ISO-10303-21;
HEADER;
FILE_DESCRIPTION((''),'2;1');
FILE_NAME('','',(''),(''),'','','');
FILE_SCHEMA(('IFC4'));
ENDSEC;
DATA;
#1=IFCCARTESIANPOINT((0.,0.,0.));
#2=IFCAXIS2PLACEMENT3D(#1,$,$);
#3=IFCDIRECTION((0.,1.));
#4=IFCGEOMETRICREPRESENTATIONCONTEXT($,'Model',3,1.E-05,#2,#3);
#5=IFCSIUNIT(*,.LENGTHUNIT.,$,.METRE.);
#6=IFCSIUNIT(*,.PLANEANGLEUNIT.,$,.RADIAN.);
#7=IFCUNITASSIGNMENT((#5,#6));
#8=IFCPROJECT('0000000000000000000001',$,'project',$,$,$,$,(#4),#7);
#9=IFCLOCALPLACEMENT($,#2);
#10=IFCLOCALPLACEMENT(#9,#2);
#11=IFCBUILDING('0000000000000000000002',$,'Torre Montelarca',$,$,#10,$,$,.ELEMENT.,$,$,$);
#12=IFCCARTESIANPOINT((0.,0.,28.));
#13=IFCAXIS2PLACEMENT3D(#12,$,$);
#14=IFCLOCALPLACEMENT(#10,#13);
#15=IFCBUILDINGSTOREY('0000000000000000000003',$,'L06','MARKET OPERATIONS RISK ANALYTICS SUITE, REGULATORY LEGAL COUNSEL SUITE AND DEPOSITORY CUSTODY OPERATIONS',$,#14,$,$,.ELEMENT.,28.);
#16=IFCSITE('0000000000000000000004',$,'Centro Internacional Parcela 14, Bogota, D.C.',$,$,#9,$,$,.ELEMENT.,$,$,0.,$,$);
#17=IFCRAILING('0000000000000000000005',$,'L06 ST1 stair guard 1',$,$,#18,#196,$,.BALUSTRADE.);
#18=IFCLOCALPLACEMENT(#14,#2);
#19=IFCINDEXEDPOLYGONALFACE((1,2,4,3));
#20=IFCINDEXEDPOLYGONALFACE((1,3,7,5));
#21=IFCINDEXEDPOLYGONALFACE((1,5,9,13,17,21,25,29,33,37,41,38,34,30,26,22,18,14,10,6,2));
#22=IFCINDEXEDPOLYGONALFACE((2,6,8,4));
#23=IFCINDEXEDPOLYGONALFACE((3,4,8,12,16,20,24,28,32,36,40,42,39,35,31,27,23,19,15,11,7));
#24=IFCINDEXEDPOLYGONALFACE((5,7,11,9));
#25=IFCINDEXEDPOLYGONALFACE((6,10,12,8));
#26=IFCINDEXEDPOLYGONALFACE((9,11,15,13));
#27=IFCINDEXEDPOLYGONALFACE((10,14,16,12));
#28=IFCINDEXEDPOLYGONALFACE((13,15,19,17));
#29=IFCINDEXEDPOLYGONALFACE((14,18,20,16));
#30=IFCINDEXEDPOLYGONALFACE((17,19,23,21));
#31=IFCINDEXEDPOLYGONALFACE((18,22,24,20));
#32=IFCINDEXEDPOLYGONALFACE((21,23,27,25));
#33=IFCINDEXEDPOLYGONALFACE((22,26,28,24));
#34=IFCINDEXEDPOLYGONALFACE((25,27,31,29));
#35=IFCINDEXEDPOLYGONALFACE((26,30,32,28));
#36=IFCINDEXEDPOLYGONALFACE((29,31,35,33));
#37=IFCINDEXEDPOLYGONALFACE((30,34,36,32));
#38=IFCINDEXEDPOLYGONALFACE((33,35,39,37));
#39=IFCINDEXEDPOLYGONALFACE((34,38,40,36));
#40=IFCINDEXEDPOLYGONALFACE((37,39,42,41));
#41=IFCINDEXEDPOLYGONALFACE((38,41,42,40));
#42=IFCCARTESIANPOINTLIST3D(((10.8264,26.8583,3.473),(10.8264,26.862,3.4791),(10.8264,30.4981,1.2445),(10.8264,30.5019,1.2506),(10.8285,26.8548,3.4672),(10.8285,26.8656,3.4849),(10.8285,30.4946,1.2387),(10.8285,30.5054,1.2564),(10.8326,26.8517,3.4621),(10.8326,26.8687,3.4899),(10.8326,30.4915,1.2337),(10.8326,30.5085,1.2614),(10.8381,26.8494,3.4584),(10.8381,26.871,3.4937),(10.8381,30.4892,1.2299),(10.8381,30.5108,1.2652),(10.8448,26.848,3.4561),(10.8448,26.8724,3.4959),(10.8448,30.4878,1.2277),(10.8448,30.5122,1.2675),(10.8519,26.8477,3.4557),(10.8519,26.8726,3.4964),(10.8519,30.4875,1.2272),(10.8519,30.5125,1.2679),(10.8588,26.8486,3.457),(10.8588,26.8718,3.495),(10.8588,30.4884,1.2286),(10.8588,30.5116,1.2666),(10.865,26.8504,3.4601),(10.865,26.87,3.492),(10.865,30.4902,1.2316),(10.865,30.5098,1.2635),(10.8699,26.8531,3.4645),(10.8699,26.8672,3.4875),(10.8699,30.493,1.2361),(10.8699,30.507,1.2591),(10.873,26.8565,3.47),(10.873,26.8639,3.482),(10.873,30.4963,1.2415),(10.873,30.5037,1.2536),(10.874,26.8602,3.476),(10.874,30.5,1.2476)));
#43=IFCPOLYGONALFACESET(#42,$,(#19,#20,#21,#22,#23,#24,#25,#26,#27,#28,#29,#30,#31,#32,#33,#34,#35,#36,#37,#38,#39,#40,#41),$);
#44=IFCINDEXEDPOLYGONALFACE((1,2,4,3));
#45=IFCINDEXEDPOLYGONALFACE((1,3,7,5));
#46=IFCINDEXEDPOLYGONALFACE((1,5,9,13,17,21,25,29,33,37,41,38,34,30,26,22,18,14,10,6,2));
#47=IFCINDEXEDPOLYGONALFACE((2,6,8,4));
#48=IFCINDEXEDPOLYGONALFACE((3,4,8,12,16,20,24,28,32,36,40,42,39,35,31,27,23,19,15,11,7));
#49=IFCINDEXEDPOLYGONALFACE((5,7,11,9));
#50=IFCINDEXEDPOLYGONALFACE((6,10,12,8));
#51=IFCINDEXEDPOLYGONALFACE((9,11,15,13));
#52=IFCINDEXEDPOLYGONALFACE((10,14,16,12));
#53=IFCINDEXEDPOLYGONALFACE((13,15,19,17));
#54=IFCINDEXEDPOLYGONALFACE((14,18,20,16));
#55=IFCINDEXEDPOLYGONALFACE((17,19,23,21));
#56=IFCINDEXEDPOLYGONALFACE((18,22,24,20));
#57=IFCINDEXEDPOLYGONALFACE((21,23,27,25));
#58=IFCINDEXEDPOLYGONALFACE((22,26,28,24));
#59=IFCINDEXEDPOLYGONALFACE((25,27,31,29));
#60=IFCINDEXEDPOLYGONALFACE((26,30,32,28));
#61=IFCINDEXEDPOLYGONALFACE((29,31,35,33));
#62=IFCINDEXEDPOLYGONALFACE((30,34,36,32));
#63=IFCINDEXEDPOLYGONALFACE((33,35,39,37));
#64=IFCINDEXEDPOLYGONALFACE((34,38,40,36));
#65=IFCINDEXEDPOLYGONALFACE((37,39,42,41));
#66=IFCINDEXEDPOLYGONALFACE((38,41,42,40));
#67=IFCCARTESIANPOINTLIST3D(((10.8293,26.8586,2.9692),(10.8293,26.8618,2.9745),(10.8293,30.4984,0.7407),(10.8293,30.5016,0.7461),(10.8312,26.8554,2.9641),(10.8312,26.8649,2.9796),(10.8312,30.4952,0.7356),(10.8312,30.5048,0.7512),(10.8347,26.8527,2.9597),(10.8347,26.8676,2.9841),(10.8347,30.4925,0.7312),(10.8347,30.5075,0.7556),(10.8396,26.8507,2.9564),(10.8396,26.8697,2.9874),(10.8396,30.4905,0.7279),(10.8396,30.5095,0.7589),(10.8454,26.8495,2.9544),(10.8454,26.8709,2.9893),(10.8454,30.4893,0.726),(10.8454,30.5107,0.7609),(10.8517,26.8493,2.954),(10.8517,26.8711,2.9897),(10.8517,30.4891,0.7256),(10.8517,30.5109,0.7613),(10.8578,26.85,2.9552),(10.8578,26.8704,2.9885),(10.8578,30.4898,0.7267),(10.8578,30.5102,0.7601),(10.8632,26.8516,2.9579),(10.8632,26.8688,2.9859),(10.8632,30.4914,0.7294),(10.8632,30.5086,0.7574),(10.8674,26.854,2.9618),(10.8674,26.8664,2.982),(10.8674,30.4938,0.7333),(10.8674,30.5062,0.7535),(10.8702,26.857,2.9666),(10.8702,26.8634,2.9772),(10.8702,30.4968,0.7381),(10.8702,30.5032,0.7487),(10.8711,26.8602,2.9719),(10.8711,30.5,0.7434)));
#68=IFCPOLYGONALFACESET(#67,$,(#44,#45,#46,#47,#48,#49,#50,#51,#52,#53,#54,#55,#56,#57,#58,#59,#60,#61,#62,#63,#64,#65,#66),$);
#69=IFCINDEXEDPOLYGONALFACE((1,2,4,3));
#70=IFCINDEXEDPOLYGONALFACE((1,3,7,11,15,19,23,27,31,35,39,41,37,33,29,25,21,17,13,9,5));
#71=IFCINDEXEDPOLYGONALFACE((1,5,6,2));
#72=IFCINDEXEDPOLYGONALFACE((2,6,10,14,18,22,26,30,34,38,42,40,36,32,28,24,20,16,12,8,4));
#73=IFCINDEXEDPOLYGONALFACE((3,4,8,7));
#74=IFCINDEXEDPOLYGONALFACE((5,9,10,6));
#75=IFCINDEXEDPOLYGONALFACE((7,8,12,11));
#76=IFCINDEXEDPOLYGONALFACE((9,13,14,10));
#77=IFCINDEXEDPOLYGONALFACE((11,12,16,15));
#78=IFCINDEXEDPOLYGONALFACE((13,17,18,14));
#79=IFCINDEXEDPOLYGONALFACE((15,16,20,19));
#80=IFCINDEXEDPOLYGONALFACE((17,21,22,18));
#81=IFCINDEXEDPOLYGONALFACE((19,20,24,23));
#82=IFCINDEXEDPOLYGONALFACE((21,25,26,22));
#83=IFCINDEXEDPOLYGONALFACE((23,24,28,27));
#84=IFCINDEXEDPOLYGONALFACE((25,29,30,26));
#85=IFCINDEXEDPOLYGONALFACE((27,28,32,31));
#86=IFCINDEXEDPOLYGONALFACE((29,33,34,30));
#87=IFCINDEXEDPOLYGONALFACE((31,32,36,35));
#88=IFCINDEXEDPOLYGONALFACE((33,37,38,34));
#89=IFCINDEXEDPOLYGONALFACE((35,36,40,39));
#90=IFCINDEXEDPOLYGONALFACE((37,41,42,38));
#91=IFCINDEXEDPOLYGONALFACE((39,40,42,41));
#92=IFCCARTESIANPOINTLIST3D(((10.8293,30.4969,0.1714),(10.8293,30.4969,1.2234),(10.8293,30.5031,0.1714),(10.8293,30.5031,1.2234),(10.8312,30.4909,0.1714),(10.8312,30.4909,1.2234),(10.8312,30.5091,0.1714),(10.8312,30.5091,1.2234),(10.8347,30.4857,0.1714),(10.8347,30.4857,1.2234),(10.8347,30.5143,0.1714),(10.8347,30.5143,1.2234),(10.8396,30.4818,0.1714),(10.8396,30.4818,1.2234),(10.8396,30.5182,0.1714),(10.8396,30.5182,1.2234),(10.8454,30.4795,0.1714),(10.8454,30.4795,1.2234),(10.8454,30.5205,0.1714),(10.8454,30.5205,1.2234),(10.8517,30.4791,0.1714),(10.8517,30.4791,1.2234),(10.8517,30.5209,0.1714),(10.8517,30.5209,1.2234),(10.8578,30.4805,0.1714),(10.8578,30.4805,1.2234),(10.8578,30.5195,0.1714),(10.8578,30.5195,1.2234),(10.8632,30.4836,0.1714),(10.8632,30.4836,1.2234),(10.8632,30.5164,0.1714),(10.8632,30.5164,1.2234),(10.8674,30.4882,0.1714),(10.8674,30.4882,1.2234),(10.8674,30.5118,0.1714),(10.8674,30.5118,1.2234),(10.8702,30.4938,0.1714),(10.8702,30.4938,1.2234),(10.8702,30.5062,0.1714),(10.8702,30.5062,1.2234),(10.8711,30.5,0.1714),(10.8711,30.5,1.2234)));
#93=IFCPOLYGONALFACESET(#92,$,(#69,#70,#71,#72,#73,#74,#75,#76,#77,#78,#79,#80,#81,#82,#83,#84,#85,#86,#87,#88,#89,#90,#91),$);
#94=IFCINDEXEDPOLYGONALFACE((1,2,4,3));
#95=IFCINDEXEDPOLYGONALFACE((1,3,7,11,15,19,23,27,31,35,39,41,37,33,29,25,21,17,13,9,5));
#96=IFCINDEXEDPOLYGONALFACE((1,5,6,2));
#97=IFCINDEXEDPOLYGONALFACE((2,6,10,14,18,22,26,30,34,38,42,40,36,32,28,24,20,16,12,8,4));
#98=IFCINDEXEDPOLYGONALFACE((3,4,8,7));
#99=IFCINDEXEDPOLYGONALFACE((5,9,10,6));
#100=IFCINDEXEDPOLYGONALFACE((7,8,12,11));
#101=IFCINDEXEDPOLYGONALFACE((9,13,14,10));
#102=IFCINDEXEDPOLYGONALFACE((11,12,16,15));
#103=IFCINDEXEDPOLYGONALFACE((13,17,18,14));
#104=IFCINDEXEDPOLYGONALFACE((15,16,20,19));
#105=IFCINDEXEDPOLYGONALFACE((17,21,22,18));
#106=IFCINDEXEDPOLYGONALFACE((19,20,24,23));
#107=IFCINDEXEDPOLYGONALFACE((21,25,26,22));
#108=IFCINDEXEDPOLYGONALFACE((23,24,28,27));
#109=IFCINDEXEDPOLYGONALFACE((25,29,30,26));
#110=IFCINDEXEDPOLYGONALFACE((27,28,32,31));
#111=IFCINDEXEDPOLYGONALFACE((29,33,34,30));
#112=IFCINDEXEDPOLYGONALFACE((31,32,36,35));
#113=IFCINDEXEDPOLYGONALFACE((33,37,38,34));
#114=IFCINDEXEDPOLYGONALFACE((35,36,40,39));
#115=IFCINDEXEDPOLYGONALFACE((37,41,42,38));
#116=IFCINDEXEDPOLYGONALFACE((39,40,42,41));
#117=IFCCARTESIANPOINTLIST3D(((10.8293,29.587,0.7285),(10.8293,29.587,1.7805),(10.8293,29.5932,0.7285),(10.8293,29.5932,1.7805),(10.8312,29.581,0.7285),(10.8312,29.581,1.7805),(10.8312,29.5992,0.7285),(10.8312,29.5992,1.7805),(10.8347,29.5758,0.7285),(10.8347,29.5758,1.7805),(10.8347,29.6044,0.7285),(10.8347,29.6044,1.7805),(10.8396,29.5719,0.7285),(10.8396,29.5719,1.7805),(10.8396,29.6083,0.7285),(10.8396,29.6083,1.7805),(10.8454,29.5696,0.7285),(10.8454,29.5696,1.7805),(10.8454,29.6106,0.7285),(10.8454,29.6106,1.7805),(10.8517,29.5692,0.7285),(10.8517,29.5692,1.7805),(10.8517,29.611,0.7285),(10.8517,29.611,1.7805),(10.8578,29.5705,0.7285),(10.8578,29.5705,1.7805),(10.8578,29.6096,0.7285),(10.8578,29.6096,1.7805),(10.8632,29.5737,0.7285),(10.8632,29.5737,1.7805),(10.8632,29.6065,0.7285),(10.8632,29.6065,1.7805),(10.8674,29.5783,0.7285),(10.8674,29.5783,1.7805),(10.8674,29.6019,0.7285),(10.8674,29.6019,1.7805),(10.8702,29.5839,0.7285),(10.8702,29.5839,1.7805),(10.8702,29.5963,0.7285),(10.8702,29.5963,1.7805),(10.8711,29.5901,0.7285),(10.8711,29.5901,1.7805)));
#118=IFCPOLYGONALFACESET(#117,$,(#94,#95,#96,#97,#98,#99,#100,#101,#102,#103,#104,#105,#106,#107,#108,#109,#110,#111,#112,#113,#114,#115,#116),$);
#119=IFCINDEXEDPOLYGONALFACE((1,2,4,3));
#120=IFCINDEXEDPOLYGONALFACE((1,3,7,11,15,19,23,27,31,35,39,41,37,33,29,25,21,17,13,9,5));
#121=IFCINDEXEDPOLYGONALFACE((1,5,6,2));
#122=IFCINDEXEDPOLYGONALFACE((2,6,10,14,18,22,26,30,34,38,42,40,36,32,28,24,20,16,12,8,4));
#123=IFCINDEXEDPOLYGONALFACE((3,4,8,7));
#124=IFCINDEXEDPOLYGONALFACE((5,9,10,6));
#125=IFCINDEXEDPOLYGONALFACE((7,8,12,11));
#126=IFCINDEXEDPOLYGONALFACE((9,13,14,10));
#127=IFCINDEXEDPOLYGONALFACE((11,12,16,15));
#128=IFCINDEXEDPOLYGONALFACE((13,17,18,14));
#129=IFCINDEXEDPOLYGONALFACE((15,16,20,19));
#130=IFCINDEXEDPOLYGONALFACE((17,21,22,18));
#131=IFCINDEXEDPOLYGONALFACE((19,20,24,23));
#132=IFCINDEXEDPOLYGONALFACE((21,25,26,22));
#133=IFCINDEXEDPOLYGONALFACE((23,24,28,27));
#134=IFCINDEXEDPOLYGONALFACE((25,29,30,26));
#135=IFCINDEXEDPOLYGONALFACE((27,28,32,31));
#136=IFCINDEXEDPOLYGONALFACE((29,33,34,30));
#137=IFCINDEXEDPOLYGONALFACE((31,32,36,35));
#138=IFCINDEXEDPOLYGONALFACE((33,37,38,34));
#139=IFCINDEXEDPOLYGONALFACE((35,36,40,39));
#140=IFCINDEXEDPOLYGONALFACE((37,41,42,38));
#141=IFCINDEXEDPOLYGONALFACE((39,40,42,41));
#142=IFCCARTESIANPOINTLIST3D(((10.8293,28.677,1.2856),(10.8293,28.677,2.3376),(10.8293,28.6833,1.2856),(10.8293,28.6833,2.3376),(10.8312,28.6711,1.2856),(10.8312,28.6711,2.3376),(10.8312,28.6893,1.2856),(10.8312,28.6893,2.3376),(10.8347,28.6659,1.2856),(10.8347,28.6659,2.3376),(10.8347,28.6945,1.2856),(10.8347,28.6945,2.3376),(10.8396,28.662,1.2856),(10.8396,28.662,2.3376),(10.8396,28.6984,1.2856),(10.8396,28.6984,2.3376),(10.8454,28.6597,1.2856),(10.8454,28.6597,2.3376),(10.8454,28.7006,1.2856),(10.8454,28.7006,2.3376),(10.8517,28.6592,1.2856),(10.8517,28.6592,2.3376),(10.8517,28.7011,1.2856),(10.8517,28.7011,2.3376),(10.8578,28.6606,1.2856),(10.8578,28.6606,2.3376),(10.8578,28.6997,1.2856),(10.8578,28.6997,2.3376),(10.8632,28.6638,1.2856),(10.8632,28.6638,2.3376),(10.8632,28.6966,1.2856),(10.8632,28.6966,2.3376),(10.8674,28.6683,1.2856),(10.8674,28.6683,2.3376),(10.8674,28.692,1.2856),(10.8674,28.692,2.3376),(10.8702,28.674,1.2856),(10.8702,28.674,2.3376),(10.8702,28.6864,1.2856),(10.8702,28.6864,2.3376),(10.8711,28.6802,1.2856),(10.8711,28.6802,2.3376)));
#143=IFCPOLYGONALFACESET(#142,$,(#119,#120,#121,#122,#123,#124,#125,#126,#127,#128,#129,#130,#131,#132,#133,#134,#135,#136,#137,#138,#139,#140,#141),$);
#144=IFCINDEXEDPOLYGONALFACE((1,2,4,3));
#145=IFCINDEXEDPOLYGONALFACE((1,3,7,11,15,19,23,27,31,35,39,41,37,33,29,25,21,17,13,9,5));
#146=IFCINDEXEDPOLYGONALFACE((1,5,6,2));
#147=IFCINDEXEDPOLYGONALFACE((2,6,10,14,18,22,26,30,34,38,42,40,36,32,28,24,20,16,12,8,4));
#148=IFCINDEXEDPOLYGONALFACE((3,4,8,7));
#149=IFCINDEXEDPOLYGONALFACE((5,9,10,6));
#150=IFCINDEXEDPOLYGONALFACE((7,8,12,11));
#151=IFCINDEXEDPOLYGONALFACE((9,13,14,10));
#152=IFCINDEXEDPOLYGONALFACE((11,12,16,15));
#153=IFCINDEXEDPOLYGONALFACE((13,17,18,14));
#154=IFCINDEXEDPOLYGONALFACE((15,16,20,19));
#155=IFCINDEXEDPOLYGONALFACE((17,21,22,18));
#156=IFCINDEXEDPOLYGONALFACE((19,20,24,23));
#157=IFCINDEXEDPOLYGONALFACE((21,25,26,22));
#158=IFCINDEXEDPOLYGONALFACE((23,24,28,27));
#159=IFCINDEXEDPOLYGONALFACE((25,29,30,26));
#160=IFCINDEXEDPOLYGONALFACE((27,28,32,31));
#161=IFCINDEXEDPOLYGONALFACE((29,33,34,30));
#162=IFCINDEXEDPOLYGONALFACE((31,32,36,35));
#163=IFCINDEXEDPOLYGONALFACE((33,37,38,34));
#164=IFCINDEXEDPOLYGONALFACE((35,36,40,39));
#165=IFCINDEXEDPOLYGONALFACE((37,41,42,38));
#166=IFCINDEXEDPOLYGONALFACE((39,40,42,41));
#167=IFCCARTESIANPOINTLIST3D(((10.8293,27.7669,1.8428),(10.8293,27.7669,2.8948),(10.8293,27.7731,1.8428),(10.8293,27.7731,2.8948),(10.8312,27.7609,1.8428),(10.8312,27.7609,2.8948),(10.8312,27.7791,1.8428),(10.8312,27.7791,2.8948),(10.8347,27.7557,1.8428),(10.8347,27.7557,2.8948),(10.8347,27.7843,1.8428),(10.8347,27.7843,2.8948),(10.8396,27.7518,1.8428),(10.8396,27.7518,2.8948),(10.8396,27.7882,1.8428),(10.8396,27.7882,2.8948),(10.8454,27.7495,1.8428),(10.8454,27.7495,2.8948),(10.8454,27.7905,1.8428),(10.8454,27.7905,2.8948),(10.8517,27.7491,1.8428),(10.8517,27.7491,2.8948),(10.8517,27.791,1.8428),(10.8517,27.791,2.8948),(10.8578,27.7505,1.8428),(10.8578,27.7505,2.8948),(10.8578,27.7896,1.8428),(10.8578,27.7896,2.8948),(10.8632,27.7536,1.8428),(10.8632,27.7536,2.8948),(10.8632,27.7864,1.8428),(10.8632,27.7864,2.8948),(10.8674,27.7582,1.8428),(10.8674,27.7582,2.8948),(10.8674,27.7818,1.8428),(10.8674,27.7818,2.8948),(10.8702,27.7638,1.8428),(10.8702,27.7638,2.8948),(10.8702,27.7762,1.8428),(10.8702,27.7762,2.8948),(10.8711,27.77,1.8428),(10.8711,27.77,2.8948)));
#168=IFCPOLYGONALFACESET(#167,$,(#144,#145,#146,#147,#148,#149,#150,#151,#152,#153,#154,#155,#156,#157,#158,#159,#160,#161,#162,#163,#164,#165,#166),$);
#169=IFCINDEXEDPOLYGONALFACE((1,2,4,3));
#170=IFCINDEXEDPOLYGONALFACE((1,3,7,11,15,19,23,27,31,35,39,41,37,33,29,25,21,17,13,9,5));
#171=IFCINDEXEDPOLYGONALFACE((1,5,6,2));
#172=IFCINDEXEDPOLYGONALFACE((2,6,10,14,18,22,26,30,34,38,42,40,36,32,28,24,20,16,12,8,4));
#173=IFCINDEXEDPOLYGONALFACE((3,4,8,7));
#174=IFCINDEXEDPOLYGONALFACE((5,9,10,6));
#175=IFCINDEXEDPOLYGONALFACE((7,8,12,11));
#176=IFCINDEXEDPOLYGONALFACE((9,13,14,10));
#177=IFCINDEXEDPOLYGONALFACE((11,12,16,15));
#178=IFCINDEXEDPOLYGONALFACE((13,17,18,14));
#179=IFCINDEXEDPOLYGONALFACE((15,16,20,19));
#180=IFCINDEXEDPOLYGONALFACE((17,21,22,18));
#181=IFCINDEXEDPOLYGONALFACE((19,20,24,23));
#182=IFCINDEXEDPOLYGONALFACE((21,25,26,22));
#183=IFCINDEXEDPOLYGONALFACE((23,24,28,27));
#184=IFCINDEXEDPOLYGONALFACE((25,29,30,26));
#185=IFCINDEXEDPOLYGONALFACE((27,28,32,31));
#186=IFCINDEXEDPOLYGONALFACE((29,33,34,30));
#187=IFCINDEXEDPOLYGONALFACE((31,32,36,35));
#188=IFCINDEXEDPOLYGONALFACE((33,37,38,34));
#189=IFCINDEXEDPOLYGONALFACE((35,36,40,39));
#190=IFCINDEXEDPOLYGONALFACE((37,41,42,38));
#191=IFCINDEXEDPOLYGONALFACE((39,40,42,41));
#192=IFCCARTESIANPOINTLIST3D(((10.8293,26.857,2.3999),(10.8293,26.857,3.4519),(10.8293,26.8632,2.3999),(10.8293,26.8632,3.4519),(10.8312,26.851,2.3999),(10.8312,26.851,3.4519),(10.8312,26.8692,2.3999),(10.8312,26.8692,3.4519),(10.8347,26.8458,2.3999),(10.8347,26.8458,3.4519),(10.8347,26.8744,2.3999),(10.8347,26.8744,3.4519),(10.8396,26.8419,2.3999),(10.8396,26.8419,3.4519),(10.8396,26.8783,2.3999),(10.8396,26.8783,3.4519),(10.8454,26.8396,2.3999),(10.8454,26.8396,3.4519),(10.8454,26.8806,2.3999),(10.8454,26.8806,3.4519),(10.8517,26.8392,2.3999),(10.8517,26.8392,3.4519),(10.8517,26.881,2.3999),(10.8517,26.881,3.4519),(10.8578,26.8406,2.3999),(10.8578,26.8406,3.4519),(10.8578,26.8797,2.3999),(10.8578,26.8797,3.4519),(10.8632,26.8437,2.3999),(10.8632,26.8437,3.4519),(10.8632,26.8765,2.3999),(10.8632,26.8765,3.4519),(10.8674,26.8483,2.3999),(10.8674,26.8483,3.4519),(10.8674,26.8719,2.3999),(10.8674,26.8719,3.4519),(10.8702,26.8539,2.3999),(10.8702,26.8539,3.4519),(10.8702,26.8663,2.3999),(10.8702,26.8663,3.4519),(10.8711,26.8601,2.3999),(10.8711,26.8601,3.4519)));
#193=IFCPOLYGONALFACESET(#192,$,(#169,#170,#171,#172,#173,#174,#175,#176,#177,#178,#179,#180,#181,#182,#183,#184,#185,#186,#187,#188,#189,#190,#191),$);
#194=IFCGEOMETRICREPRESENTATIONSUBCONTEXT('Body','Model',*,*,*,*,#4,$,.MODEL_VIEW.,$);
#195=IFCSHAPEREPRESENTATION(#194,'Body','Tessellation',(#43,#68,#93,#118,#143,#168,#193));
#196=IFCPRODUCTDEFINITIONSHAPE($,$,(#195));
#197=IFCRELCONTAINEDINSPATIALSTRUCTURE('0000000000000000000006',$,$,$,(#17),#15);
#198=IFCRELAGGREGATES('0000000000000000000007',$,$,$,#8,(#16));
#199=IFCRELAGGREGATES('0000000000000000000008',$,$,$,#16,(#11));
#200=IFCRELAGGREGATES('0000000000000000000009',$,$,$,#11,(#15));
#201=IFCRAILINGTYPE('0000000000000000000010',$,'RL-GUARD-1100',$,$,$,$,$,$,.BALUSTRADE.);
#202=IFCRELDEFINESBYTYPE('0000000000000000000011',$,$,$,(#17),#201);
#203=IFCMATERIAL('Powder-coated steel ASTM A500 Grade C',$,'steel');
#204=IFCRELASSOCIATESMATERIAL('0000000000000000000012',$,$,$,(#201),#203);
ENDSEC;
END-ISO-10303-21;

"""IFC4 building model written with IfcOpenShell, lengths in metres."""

from ifc_helpers import new_model, si_unit, direction, frame, origin, origin_2d, place, context, subcontext, project, spatial, circle, extrude, material, type_object, element, save


model = new_model("IFC4")

# Units and contexts
model_context = context("Model", 3, precision=1e-05, world=origin(), true_north=direction((0.0, 1.0)))
body_context = subcontext(model_context, "Body", "Model", "MODEL_VIEW")
ifc_project = project(units=[si_unit("LENGTHUNIT", "METRE"), si_unit("PLANEANGLEUNIT", "RADIAN")], contexts=[model_context])

# Site, building, storey
site_placement = place(None, origin())
site = spatial("IfcSite", under=ifc_project, at=site_placement, Name="Centro Internacional Parcela 14, Bogota, D.C.", CompositionType="ELEMENT", RefElevation=0.0)
building_placement = place(site_placement, origin())
building = spatial("IfcBuilding", under=site, at=building_placement, Name="Torre Montelarca", CompositionType="ELEMENT")
storey_placement = place(building_placement, frame((0.0, 0.0, 28.0)))
storey = spatial("IfcBuildingStorey", under=building, at=storey_placement, Name="L06", Description="MARKET OPERATIONS RISK ANALYTICS SUITE, REGULATORY LEGAL COUNSEL SUITE AND DEPOSITORY CUSTODY OPERATIONS", CompositionType="ELEMENT", Elevation=28.0)

# Railing
ifc_material_1 = material(Name="Powder-coated steel ASTM A500 Grade C", Category="steel")
railing_type_1 = type_object("IfcRailingType", Name="RL-GUARD-1100", PredefinedType="BALUSTRADE", material=ifc_material_1)
railing_1_placement = place(storey_placement, frame((10.8501, 30.5, 0.1714)))
element("IfcRailing", 1, at=railing_1_placement, inside=storey, type_object=railing_type_1, Name="L06 ST1 stair guard 1", PredefinedType="BALUSTRADE", context=body_context, shape_type="SweptSolid", body=[
    extrude(circle(Radius=0.0239, at=origin_2d()), frame((0.0, 0.0, 1.0762), z_axis=(0.0, -0.85285, 0.522156), x_axis=(1.0, 0.0, 0.0)), (0.0, 0.0, 1.0), 4.2678),
    extrude(circle(Radius=0.021, at=origin_2d()), frame((0.0, 0.0, 0.572), z_axis=(0.0, -0.85285, 0.522156), x_axis=(1.0, 0.0, 0.0)), (0.0, 0.0, 1.0), 4.2678),
    extrude(circle(Radius=0.021, at=origin_2d()), origin(), (0.0, 0.0, 1.0), 1.052),
    extrude(circle(Radius=0.021, at=origin_2d()), frame((0.0, -0.9099, 0.5571)), (0.0, 0.0, 1.0), 1.052),
    extrude(circle(Radius=0.021, at=origin_2d()), frame((0.0, -1.8198, 1.1143)), (0.0, 0.0, 1.0), 1.052),
    extrude(circle(Radius=0.021, at=origin_2d()), frame((0.0, -2.73, 1.6714)), (0.0, 0.0, 1.0), 1.052),
    extrude(circle(Radius=0.021, at=origin_2d()), frame((0.0, -3.6399, 2.2285)), (0.0, 0.0, 1.0), 1.052),
])

save(model, "model.ifc")
